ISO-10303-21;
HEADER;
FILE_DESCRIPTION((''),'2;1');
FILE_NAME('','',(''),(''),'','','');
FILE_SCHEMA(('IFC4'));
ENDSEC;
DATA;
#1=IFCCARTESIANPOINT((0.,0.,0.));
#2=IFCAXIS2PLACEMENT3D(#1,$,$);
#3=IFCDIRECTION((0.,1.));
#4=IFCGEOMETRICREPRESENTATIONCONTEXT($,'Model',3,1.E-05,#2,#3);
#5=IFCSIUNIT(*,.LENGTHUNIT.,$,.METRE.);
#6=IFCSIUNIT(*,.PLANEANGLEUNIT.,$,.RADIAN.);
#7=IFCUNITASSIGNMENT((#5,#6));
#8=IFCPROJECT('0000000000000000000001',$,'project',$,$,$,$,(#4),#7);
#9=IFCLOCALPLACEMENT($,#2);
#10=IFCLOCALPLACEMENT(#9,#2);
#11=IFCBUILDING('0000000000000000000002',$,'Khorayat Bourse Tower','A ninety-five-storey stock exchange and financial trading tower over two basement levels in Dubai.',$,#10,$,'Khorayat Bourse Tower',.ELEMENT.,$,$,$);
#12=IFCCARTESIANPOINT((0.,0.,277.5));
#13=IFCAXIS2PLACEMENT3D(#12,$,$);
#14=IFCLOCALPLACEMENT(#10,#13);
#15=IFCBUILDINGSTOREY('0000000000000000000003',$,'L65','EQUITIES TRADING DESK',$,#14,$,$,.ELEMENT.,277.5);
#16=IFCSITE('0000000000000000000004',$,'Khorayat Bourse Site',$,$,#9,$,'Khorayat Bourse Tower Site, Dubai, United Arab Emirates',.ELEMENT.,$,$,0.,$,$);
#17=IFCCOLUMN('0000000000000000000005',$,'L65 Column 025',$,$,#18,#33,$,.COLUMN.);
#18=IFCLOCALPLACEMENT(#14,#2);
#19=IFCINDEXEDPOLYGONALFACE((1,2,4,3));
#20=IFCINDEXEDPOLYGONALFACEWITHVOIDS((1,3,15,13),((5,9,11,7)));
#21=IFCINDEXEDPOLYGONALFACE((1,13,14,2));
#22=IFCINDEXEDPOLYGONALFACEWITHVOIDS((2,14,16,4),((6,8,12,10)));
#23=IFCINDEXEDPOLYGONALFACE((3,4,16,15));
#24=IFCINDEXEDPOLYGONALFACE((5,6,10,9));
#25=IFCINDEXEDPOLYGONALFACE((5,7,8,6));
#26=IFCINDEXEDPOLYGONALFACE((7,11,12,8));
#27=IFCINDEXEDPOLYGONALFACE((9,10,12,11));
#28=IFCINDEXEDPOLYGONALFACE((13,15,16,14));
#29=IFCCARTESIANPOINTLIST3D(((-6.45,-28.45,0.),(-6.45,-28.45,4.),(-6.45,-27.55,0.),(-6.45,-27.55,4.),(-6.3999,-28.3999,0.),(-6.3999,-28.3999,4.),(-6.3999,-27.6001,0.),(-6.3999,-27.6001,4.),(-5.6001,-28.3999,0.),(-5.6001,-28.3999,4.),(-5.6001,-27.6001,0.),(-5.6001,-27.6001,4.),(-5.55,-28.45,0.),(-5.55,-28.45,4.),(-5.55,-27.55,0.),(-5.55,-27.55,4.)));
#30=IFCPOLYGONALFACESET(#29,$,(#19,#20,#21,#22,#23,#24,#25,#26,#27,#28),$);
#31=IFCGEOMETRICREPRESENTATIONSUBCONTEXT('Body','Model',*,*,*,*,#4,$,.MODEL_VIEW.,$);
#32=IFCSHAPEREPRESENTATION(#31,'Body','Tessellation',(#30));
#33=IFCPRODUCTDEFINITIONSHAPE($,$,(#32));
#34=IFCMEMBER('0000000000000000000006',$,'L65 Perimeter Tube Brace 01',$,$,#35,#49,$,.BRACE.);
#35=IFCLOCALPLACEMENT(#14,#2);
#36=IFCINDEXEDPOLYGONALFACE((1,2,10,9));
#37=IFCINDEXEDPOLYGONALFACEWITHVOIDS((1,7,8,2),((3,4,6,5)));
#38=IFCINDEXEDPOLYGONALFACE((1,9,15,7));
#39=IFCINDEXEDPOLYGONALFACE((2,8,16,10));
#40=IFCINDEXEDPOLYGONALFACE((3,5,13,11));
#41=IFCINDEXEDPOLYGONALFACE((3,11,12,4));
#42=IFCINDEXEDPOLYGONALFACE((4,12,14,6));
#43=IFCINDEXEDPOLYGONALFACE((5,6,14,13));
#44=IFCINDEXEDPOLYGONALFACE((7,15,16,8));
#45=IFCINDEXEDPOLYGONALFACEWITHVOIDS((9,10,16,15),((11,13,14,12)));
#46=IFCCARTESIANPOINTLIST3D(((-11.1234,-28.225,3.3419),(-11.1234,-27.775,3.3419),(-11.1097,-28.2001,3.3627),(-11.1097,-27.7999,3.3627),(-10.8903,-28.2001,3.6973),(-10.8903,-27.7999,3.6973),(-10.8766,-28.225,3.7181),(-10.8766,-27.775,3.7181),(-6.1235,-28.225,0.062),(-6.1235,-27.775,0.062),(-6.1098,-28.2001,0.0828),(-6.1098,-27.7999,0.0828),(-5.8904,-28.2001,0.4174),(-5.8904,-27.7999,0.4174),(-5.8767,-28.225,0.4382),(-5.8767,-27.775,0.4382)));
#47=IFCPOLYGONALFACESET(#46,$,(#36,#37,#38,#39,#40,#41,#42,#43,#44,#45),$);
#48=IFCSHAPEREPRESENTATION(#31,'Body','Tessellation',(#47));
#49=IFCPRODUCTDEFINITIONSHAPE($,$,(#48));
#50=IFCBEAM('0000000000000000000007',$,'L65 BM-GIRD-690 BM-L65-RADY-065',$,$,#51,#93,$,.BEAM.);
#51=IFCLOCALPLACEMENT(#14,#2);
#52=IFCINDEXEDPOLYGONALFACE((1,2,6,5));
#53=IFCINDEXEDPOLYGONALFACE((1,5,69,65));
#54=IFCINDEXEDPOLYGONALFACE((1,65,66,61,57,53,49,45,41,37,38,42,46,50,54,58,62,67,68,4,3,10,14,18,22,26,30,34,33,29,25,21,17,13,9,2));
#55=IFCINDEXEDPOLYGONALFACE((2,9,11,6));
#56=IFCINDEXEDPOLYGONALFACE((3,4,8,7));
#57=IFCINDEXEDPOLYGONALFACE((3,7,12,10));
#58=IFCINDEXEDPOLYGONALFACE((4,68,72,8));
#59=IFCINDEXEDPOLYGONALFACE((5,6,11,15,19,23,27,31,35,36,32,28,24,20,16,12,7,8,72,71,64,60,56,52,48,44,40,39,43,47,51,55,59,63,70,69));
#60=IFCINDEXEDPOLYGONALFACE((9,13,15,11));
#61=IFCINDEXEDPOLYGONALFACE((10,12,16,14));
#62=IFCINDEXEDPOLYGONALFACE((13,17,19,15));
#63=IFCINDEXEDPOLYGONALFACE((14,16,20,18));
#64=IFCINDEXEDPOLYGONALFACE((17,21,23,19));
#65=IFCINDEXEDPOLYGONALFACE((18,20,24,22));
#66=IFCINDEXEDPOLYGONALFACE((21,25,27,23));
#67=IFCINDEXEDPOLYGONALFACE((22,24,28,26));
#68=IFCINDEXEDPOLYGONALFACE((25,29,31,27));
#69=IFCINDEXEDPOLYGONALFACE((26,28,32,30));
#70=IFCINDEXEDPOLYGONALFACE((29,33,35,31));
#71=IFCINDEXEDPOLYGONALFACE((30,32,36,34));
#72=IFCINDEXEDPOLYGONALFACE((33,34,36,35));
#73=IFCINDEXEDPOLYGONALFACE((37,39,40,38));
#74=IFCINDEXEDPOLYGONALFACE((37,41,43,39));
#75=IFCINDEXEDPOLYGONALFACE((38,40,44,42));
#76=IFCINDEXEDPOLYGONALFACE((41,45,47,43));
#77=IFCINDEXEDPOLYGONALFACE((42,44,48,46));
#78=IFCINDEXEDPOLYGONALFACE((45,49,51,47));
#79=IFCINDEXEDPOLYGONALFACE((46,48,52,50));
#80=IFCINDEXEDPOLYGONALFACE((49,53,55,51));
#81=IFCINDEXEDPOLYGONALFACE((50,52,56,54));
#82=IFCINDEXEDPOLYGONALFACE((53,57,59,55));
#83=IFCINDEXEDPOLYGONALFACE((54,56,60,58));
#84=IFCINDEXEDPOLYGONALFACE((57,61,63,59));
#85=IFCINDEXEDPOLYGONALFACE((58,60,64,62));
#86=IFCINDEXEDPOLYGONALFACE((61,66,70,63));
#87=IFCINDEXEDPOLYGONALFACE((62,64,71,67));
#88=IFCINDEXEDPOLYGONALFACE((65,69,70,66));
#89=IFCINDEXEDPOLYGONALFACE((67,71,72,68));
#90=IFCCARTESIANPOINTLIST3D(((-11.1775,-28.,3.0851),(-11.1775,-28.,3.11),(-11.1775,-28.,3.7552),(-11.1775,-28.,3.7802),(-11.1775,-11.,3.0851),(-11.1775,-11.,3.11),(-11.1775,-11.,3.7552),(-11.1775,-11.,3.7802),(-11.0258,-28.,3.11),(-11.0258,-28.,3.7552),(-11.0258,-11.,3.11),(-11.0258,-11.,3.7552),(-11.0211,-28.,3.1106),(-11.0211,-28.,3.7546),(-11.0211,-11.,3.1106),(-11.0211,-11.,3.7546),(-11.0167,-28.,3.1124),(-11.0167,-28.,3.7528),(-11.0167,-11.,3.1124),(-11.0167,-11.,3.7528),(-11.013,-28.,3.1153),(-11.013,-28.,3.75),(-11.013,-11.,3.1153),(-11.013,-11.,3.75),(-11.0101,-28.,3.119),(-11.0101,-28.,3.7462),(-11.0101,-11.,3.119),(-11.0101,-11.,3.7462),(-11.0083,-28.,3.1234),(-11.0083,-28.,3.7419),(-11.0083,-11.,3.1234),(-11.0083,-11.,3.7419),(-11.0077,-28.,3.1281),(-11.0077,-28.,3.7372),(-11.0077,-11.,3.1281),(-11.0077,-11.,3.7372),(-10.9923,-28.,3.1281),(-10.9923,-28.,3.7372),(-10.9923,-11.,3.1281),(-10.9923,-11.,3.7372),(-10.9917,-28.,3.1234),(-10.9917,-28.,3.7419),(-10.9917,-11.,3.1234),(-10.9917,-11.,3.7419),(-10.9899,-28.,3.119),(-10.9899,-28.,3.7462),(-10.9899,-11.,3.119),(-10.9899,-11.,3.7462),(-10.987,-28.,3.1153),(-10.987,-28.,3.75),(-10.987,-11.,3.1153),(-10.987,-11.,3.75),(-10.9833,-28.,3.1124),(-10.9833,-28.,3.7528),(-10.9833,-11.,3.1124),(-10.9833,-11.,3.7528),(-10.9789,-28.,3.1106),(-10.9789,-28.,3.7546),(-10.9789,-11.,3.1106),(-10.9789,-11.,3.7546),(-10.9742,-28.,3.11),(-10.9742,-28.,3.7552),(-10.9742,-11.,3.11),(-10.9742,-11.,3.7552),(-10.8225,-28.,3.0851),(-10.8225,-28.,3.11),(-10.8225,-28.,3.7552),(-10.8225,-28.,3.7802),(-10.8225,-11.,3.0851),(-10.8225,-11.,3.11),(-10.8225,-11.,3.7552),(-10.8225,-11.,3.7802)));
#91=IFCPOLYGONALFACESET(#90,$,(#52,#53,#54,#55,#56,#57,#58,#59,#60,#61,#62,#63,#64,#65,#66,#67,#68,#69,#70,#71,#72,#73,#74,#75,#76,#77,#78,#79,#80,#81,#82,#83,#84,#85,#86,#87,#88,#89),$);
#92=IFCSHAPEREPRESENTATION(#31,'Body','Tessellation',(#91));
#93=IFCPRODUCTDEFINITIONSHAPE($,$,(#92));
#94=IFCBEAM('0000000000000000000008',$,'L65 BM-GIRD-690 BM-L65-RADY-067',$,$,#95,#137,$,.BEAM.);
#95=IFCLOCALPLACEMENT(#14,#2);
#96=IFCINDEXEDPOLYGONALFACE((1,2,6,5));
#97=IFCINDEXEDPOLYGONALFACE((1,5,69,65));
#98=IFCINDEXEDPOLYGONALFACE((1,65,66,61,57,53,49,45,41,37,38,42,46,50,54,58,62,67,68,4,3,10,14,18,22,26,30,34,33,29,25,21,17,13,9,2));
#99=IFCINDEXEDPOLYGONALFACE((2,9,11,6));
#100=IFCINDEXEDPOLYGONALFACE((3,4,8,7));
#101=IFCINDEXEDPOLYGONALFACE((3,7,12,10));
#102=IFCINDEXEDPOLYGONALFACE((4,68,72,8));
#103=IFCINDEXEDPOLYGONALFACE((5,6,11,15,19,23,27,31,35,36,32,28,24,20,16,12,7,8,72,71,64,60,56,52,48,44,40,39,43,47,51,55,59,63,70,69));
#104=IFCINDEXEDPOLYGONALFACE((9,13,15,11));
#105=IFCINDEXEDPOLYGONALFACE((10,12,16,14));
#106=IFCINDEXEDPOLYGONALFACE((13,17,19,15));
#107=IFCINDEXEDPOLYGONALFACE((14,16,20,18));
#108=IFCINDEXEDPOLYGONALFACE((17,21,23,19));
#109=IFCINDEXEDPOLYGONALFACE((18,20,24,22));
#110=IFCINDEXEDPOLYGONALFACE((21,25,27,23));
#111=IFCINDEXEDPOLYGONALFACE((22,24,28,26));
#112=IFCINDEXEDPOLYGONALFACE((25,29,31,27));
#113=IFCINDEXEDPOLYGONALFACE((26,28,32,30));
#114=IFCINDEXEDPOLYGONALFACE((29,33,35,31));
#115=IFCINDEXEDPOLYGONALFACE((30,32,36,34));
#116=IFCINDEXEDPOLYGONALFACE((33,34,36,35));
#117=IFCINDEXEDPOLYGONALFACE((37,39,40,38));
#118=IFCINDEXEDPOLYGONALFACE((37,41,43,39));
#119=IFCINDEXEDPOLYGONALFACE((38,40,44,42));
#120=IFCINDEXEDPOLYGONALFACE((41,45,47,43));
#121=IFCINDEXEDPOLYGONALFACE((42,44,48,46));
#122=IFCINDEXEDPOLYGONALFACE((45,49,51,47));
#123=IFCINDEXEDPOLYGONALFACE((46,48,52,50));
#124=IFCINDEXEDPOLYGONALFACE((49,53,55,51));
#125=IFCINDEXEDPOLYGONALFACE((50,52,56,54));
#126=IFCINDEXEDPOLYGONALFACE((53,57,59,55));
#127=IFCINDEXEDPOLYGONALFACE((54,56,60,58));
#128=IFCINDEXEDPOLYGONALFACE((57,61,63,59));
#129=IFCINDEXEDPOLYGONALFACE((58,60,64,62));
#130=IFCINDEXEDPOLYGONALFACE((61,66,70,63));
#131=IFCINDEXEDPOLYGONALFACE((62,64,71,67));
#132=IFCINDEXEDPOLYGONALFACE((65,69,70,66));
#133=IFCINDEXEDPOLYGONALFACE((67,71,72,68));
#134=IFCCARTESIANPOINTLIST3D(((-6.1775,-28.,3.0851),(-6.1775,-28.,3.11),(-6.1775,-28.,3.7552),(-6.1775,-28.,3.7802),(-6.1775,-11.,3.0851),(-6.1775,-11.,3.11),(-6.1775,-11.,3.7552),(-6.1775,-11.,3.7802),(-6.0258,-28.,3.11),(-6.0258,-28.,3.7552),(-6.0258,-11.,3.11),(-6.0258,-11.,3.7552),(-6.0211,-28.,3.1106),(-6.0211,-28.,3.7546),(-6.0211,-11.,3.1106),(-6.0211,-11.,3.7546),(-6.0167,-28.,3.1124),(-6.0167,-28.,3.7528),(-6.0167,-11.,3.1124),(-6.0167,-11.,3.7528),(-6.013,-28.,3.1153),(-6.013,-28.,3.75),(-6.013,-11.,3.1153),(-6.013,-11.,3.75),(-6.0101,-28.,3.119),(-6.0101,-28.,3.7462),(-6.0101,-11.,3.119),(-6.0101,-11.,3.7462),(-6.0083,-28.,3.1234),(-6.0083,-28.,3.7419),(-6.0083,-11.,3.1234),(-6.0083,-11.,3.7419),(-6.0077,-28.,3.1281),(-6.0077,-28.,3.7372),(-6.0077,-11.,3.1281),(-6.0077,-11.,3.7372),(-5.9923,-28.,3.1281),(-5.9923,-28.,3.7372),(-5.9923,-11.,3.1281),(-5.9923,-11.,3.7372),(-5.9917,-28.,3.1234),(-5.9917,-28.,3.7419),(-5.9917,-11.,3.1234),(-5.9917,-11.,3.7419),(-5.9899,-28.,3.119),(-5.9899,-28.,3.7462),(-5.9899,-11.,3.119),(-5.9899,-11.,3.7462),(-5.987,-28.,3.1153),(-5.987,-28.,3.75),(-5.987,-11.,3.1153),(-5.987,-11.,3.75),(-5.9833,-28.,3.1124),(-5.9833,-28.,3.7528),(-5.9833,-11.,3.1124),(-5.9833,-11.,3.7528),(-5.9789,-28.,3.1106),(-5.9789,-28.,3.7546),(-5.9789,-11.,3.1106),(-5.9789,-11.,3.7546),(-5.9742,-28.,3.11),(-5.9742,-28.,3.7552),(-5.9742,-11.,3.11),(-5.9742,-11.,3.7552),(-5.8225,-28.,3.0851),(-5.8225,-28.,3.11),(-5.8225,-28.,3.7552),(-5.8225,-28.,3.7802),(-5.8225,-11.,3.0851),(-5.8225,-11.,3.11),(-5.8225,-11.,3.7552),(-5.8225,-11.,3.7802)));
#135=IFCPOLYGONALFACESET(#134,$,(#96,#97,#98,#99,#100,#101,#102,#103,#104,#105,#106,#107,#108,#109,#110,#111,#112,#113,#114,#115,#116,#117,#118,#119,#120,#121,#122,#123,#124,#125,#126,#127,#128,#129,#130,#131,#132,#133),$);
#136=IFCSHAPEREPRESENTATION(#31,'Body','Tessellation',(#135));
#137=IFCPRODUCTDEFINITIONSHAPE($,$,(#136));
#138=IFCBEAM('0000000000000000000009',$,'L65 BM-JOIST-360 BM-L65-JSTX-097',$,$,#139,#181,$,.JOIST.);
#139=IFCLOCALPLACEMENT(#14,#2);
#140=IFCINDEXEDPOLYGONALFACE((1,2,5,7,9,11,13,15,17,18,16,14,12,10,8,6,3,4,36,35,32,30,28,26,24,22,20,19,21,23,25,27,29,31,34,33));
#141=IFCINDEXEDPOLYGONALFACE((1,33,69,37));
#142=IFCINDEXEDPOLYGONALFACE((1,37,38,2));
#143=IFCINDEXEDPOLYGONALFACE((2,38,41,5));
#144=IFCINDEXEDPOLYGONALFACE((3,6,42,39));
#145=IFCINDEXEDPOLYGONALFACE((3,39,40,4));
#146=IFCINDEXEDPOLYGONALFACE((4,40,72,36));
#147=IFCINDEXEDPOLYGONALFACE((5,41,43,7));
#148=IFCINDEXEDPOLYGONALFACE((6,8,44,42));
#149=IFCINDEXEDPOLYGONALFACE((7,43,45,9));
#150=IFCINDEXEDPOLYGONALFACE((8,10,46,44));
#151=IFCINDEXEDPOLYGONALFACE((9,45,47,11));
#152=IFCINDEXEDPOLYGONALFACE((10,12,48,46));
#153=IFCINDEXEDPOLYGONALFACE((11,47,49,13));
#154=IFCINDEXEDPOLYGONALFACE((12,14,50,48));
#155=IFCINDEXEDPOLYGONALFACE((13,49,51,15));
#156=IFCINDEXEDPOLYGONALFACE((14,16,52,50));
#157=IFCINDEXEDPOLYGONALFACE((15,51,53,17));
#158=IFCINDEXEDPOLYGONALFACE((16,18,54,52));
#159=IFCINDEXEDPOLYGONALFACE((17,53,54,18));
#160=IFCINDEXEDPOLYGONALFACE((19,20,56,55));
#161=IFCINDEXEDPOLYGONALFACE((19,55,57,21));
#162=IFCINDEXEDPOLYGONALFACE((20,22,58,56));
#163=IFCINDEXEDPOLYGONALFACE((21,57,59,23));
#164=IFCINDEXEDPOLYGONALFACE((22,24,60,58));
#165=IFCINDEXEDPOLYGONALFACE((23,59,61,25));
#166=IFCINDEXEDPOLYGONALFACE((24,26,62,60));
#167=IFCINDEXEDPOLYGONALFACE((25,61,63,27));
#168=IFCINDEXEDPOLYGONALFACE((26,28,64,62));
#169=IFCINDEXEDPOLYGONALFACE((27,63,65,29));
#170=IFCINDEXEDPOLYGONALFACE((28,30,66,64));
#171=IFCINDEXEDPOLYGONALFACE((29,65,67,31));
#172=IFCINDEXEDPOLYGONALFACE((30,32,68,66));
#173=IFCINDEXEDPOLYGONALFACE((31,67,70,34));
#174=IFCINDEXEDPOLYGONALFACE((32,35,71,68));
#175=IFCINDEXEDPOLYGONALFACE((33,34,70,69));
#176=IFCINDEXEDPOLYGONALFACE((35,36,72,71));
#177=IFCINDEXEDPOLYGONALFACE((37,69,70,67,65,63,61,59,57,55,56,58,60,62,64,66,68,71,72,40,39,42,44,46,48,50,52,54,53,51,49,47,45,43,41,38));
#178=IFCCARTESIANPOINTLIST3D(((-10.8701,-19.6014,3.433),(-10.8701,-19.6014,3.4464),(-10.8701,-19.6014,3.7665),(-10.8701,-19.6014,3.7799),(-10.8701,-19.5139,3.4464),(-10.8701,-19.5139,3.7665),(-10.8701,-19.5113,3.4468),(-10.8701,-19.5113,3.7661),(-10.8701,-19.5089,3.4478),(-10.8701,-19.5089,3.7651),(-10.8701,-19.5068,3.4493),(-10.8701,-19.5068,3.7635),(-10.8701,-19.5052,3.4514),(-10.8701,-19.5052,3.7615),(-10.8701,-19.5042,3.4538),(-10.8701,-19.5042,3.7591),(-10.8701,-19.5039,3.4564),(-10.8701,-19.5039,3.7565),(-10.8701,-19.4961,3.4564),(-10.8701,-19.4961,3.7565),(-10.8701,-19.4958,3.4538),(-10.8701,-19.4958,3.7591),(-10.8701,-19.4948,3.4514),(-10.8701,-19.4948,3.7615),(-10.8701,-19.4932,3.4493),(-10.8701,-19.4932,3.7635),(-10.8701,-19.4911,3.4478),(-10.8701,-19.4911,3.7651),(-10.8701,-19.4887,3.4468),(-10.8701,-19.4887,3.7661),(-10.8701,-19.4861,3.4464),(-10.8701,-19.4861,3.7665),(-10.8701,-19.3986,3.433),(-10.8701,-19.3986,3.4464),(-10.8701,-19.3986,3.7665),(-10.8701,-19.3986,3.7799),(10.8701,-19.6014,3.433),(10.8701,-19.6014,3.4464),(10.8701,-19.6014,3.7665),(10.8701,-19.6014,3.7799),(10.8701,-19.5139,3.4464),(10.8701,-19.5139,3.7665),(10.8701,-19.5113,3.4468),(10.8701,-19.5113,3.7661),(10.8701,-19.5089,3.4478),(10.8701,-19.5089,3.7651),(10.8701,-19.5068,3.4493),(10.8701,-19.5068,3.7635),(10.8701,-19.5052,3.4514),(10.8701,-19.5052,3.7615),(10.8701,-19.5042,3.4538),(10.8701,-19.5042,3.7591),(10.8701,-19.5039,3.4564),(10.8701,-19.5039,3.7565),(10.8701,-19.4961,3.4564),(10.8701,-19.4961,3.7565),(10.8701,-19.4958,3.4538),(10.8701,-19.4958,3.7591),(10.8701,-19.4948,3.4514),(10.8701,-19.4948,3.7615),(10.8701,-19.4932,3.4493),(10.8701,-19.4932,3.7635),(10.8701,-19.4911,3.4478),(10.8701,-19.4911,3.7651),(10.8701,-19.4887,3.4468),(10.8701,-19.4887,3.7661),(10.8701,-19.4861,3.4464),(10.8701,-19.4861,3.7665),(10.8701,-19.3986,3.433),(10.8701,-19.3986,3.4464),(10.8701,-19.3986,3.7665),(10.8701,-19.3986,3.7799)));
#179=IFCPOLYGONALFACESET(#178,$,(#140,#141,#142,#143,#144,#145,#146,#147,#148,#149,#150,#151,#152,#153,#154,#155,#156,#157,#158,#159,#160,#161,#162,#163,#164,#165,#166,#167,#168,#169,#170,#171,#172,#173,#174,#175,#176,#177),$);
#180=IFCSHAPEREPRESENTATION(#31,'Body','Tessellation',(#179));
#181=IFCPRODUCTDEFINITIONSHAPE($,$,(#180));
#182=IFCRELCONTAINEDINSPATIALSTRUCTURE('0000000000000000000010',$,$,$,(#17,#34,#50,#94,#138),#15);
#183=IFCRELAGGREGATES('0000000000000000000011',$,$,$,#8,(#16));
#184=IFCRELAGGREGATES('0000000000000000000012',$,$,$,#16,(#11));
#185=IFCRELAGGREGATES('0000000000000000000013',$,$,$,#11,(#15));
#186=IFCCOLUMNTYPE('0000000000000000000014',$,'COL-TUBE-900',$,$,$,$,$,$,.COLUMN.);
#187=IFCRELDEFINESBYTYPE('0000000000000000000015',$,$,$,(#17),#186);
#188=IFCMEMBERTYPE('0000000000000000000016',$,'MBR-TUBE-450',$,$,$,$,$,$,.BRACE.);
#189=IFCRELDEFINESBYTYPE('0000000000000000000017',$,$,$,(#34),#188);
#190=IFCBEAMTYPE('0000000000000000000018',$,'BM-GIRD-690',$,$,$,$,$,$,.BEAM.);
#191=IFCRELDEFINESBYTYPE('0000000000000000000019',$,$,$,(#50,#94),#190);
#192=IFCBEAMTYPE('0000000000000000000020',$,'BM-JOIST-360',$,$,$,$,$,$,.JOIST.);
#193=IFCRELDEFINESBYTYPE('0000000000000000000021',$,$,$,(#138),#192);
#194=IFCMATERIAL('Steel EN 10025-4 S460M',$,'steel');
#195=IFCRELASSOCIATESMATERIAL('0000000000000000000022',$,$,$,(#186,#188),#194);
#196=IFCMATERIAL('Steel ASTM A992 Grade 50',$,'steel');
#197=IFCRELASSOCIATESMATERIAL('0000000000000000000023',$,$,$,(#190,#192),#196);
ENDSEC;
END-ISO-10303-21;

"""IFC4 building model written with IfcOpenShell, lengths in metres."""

from ifc_helpers import new_model, si_unit, direction, frame, origin, origin_2d, place, context, subcontext, project, spatial, hollow_rectangle, i_section, extrude, source, transform, mapped, material, material_profile, profile_set, type_object, element, save


model = new_model("IFC4")

# Units and contexts
model_context = context("Model", 3, precision=1e-05, world=origin(), true_north=direction((0.0, 1.0)))
body_context = subcontext(model_context, "Body", "Model", "MODEL_VIEW")
ifc_project = project(units=[si_unit("LENGTHUNIT", "METRE"), si_unit("PLANEANGLEUNIT", "RADIAN")], contexts=[model_context])

# Site, building, storey
site_placement = place(None, origin())
site = spatial("IfcSite", under=ifc_project, at=site_placement, Name="Khorayat Bourse Site", LongName="Khorayat Bourse Tower Site, Dubai, United Arab Emirates", CompositionType="ELEMENT", RefElevation=0.0)
building_placement = place(site_placement, origin())
building = spatial("IfcBuilding", under=site, at=building_placement, Name="Khorayat Bourse Tower", Description="A ninety-five-storey stock exchange and financial trading tower over two basement levels in Dubai.", LongName="Khorayat Bourse Tower", CompositionType="ELEMENT")
storey_placement = place(building_placement, frame((0.0, 0.0, 277.5)))
storey = spatial("IfcBuildingStorey", under=building, at=storey_placement, Name="L65", Description="EQUITIES TRADING DESK", CompositionType="ELEMENT", Elevation=277.5)

# Column
ifc_material_1 = material(Name="Steel EN 10025-4 S460M", Category="steel")
ifc_material_profile_1 = material_profile(ifc_material_1, hollow_rectangle(XDim=0.8999, YDim=0.8999, WallThickness=0.05, at=origin_2d()), Name="BOX 900x900x50")
ifc_profile_set_1 = profile_set([ifc_material_profile_1], Name="Steel EN 10025-4 S460M")
column_type = type_object("IfcColumnType", Name="COL-TUBE-900", PredefinedType="COLUMN", material=ifc_profile_set_1)
shared_shape_1 = source(origin(), body_context, "Body", "SweptSolid", [
    extrude(hollow_rectangle(XDim=0.8999, YDim=0.8999, WallThickness=0.05, at=origin_2d()), origin(), (0.0, 0.0, 1.0), 4.0),
])
column_placement = place(storey_placement, frame((-6.0, -28.0, 0.0), z_axis=(0.0, 0.0, 1.0), x_axis=(1.0, 0.0, 0.0)))
element("IfcColumn", 1, at=column_placement, inside=storey, type_object=column_type, Name="L65 Column 025", PredefinedType="COLUMN", context=body_context, shape_type="MappedRepresentation", body=[
    mapped(shared_shape_1, transform((0.0, 0.0, 0.0), scale=1.0)),
])

# Member
ifc_material_profile_2 = material_profile(ifc_material_1, hollow_rectangle(XDim=0.45, YDim=0.45, WallThickness=0.0249, at=origin_2d()), Name="HSS 450x450x25")
ifc_profile_set_2 = profile_set([ifc_material_profile_2], Name="Steel EN 10025-4 S460M")
member_type = type_object("IfcMemberType", Name="MBR-TUBE-450", PredefinedType="BRACE", material=ifc_profile_set_2)
shared_shape_2 = source(origin(), body_context, "Body", "SweptSolid", [
    extrude(hollow_rectangle(XDim=0.45, YDim=0.45, WallThickness=0.0249, at=origin_2d()), origin(), (0.0, 0.0, 1.0), 5.9797),
])
member_placement = place(storey_placement, frame((-11.0, -28.0, 3.53), z_axis=(0.836142, 0.0, -0.548514), x_axis=(0.0, 1.0, 0.0)))
element("IfcMember", 2, at=member_placement, inside=storey, type_object=member_type, Name="L65 Perimeter Tube Brace 01", PredefinedType="BRACE", context=body_context, shape_type="MappedRepresentation", body=[
    mapped(shared_shape_2, transform((0.0, 0.0, 0.0), scale=1.0)),
])

# Beams
ifc_material_2 = material(Name="Steel ASTM A992 Grade 50", Category="steel")
ifc_material_profile_3 = material_profile(ifc_material_2, i_section(OverallWidth=0.355, OverallDepth=0.6951, WebThickness=0.0154, FlangeThickness=0.0249, FilletRadius=0.0181, at=origin_2d()), Name="W690X217")
ifc_profile_set_3 = profile_set([ifc_material_profile_3], Name="Steel ASTM A992 Grade 50")
beam_type_1 = type_object("IfcBeamType", Name="BM-GIRD-690", PredefinedType="BEAM", material=ifc_profile_set_3)
shared_shape_3 = source(origin(), body_context, "Body", "SweptSolid", [
    extrude(i_section(OverallWidth=0.355, OverallDepth=0.6951, WebThickness=0.0154, FlangeThickness=0.0249, FilletRadius=0.0181, at=origin_2d()), origin(), (0.0, 0.0, 1.0), 17.0),
])
for number, where, z_axis, x_axis, name in (
    (3, (-11.0, -28.0, 3.4326), (0.0, 1.0, 0.0), (-1.0, 0.0, 0.0), "L65 BM-GIRD-690 BM-L65-RADY-065"),
    (4, (-6.0, -28.0, 3.4326), (0.0, 1.0, 0.0), (-1.0, 0.0, 0.0), "L65 BM-GIRD-690 BM-L65-RADY-067"),
):
    element("IfcBeam", number, at=place(storey_placement, frame(where, z_axis=z_axis, x_axis=x_axis)), inside=storey, type_object=beam_type_1, Name=name, PredefinedType="BEAM", context=body_context, shape_type="MappedRepresentation", body=[
        mapped(shared_shape_3, transform((0.0, 0.0, 0.0), scale=1.0)),
    ])
ifc_material_profile_4 = material_profile(ifc_material_2, i_section(OverallWidth=0.2029, OverallDepth=0.3469, WebThickness=0.0078, FlangeThickness=0.0134, FilletRadius=0.01, at=origin_2d()), Name="W360X64")
ifc_profile_set_4 = profile_set([ifc_material_profile_4], Name="Steel ASTM A992 Grade 50")
beam_type_2 = type_object("IfcBeamType", Name="BM-JOIST-360", PredefinedType="JOIST", material=ifc_profile_set_4)
shared_shape_4 = source(origin(), body_context, "Body", "SweptSolid", [
    extrude(i_section(OverallWidth=0.2029, OverallDepth=0.3469, WebThickness=0.0078, FlangeThickness=0.0134, FilletRadius=0.01, at=origin_2d()), origin(), (0.0, 0.0, 1.0), 21.7402),
])
beam_1_placement = place(storey_placement, frame((-10.8701, -19.5, 3.6064), z_axis=(1.0, 0.0, 0.0), x_axis=(0.0, 1.0, 0.0)))
element("IfcBeam", 5, at=beam_1_placement, inside=storey, type_object=beam_type_2, Name="L65 BM-JOIST-360 BM-L65-JSTX-097", PredefinedType="JOIST", context=body_context, shape_type="MappedRepresentation", body=[
    mapped(shared_shape_4, transform((0.0, 0.0, 0.0), scale=1.0)),
])

save(model, "model.ifc")
